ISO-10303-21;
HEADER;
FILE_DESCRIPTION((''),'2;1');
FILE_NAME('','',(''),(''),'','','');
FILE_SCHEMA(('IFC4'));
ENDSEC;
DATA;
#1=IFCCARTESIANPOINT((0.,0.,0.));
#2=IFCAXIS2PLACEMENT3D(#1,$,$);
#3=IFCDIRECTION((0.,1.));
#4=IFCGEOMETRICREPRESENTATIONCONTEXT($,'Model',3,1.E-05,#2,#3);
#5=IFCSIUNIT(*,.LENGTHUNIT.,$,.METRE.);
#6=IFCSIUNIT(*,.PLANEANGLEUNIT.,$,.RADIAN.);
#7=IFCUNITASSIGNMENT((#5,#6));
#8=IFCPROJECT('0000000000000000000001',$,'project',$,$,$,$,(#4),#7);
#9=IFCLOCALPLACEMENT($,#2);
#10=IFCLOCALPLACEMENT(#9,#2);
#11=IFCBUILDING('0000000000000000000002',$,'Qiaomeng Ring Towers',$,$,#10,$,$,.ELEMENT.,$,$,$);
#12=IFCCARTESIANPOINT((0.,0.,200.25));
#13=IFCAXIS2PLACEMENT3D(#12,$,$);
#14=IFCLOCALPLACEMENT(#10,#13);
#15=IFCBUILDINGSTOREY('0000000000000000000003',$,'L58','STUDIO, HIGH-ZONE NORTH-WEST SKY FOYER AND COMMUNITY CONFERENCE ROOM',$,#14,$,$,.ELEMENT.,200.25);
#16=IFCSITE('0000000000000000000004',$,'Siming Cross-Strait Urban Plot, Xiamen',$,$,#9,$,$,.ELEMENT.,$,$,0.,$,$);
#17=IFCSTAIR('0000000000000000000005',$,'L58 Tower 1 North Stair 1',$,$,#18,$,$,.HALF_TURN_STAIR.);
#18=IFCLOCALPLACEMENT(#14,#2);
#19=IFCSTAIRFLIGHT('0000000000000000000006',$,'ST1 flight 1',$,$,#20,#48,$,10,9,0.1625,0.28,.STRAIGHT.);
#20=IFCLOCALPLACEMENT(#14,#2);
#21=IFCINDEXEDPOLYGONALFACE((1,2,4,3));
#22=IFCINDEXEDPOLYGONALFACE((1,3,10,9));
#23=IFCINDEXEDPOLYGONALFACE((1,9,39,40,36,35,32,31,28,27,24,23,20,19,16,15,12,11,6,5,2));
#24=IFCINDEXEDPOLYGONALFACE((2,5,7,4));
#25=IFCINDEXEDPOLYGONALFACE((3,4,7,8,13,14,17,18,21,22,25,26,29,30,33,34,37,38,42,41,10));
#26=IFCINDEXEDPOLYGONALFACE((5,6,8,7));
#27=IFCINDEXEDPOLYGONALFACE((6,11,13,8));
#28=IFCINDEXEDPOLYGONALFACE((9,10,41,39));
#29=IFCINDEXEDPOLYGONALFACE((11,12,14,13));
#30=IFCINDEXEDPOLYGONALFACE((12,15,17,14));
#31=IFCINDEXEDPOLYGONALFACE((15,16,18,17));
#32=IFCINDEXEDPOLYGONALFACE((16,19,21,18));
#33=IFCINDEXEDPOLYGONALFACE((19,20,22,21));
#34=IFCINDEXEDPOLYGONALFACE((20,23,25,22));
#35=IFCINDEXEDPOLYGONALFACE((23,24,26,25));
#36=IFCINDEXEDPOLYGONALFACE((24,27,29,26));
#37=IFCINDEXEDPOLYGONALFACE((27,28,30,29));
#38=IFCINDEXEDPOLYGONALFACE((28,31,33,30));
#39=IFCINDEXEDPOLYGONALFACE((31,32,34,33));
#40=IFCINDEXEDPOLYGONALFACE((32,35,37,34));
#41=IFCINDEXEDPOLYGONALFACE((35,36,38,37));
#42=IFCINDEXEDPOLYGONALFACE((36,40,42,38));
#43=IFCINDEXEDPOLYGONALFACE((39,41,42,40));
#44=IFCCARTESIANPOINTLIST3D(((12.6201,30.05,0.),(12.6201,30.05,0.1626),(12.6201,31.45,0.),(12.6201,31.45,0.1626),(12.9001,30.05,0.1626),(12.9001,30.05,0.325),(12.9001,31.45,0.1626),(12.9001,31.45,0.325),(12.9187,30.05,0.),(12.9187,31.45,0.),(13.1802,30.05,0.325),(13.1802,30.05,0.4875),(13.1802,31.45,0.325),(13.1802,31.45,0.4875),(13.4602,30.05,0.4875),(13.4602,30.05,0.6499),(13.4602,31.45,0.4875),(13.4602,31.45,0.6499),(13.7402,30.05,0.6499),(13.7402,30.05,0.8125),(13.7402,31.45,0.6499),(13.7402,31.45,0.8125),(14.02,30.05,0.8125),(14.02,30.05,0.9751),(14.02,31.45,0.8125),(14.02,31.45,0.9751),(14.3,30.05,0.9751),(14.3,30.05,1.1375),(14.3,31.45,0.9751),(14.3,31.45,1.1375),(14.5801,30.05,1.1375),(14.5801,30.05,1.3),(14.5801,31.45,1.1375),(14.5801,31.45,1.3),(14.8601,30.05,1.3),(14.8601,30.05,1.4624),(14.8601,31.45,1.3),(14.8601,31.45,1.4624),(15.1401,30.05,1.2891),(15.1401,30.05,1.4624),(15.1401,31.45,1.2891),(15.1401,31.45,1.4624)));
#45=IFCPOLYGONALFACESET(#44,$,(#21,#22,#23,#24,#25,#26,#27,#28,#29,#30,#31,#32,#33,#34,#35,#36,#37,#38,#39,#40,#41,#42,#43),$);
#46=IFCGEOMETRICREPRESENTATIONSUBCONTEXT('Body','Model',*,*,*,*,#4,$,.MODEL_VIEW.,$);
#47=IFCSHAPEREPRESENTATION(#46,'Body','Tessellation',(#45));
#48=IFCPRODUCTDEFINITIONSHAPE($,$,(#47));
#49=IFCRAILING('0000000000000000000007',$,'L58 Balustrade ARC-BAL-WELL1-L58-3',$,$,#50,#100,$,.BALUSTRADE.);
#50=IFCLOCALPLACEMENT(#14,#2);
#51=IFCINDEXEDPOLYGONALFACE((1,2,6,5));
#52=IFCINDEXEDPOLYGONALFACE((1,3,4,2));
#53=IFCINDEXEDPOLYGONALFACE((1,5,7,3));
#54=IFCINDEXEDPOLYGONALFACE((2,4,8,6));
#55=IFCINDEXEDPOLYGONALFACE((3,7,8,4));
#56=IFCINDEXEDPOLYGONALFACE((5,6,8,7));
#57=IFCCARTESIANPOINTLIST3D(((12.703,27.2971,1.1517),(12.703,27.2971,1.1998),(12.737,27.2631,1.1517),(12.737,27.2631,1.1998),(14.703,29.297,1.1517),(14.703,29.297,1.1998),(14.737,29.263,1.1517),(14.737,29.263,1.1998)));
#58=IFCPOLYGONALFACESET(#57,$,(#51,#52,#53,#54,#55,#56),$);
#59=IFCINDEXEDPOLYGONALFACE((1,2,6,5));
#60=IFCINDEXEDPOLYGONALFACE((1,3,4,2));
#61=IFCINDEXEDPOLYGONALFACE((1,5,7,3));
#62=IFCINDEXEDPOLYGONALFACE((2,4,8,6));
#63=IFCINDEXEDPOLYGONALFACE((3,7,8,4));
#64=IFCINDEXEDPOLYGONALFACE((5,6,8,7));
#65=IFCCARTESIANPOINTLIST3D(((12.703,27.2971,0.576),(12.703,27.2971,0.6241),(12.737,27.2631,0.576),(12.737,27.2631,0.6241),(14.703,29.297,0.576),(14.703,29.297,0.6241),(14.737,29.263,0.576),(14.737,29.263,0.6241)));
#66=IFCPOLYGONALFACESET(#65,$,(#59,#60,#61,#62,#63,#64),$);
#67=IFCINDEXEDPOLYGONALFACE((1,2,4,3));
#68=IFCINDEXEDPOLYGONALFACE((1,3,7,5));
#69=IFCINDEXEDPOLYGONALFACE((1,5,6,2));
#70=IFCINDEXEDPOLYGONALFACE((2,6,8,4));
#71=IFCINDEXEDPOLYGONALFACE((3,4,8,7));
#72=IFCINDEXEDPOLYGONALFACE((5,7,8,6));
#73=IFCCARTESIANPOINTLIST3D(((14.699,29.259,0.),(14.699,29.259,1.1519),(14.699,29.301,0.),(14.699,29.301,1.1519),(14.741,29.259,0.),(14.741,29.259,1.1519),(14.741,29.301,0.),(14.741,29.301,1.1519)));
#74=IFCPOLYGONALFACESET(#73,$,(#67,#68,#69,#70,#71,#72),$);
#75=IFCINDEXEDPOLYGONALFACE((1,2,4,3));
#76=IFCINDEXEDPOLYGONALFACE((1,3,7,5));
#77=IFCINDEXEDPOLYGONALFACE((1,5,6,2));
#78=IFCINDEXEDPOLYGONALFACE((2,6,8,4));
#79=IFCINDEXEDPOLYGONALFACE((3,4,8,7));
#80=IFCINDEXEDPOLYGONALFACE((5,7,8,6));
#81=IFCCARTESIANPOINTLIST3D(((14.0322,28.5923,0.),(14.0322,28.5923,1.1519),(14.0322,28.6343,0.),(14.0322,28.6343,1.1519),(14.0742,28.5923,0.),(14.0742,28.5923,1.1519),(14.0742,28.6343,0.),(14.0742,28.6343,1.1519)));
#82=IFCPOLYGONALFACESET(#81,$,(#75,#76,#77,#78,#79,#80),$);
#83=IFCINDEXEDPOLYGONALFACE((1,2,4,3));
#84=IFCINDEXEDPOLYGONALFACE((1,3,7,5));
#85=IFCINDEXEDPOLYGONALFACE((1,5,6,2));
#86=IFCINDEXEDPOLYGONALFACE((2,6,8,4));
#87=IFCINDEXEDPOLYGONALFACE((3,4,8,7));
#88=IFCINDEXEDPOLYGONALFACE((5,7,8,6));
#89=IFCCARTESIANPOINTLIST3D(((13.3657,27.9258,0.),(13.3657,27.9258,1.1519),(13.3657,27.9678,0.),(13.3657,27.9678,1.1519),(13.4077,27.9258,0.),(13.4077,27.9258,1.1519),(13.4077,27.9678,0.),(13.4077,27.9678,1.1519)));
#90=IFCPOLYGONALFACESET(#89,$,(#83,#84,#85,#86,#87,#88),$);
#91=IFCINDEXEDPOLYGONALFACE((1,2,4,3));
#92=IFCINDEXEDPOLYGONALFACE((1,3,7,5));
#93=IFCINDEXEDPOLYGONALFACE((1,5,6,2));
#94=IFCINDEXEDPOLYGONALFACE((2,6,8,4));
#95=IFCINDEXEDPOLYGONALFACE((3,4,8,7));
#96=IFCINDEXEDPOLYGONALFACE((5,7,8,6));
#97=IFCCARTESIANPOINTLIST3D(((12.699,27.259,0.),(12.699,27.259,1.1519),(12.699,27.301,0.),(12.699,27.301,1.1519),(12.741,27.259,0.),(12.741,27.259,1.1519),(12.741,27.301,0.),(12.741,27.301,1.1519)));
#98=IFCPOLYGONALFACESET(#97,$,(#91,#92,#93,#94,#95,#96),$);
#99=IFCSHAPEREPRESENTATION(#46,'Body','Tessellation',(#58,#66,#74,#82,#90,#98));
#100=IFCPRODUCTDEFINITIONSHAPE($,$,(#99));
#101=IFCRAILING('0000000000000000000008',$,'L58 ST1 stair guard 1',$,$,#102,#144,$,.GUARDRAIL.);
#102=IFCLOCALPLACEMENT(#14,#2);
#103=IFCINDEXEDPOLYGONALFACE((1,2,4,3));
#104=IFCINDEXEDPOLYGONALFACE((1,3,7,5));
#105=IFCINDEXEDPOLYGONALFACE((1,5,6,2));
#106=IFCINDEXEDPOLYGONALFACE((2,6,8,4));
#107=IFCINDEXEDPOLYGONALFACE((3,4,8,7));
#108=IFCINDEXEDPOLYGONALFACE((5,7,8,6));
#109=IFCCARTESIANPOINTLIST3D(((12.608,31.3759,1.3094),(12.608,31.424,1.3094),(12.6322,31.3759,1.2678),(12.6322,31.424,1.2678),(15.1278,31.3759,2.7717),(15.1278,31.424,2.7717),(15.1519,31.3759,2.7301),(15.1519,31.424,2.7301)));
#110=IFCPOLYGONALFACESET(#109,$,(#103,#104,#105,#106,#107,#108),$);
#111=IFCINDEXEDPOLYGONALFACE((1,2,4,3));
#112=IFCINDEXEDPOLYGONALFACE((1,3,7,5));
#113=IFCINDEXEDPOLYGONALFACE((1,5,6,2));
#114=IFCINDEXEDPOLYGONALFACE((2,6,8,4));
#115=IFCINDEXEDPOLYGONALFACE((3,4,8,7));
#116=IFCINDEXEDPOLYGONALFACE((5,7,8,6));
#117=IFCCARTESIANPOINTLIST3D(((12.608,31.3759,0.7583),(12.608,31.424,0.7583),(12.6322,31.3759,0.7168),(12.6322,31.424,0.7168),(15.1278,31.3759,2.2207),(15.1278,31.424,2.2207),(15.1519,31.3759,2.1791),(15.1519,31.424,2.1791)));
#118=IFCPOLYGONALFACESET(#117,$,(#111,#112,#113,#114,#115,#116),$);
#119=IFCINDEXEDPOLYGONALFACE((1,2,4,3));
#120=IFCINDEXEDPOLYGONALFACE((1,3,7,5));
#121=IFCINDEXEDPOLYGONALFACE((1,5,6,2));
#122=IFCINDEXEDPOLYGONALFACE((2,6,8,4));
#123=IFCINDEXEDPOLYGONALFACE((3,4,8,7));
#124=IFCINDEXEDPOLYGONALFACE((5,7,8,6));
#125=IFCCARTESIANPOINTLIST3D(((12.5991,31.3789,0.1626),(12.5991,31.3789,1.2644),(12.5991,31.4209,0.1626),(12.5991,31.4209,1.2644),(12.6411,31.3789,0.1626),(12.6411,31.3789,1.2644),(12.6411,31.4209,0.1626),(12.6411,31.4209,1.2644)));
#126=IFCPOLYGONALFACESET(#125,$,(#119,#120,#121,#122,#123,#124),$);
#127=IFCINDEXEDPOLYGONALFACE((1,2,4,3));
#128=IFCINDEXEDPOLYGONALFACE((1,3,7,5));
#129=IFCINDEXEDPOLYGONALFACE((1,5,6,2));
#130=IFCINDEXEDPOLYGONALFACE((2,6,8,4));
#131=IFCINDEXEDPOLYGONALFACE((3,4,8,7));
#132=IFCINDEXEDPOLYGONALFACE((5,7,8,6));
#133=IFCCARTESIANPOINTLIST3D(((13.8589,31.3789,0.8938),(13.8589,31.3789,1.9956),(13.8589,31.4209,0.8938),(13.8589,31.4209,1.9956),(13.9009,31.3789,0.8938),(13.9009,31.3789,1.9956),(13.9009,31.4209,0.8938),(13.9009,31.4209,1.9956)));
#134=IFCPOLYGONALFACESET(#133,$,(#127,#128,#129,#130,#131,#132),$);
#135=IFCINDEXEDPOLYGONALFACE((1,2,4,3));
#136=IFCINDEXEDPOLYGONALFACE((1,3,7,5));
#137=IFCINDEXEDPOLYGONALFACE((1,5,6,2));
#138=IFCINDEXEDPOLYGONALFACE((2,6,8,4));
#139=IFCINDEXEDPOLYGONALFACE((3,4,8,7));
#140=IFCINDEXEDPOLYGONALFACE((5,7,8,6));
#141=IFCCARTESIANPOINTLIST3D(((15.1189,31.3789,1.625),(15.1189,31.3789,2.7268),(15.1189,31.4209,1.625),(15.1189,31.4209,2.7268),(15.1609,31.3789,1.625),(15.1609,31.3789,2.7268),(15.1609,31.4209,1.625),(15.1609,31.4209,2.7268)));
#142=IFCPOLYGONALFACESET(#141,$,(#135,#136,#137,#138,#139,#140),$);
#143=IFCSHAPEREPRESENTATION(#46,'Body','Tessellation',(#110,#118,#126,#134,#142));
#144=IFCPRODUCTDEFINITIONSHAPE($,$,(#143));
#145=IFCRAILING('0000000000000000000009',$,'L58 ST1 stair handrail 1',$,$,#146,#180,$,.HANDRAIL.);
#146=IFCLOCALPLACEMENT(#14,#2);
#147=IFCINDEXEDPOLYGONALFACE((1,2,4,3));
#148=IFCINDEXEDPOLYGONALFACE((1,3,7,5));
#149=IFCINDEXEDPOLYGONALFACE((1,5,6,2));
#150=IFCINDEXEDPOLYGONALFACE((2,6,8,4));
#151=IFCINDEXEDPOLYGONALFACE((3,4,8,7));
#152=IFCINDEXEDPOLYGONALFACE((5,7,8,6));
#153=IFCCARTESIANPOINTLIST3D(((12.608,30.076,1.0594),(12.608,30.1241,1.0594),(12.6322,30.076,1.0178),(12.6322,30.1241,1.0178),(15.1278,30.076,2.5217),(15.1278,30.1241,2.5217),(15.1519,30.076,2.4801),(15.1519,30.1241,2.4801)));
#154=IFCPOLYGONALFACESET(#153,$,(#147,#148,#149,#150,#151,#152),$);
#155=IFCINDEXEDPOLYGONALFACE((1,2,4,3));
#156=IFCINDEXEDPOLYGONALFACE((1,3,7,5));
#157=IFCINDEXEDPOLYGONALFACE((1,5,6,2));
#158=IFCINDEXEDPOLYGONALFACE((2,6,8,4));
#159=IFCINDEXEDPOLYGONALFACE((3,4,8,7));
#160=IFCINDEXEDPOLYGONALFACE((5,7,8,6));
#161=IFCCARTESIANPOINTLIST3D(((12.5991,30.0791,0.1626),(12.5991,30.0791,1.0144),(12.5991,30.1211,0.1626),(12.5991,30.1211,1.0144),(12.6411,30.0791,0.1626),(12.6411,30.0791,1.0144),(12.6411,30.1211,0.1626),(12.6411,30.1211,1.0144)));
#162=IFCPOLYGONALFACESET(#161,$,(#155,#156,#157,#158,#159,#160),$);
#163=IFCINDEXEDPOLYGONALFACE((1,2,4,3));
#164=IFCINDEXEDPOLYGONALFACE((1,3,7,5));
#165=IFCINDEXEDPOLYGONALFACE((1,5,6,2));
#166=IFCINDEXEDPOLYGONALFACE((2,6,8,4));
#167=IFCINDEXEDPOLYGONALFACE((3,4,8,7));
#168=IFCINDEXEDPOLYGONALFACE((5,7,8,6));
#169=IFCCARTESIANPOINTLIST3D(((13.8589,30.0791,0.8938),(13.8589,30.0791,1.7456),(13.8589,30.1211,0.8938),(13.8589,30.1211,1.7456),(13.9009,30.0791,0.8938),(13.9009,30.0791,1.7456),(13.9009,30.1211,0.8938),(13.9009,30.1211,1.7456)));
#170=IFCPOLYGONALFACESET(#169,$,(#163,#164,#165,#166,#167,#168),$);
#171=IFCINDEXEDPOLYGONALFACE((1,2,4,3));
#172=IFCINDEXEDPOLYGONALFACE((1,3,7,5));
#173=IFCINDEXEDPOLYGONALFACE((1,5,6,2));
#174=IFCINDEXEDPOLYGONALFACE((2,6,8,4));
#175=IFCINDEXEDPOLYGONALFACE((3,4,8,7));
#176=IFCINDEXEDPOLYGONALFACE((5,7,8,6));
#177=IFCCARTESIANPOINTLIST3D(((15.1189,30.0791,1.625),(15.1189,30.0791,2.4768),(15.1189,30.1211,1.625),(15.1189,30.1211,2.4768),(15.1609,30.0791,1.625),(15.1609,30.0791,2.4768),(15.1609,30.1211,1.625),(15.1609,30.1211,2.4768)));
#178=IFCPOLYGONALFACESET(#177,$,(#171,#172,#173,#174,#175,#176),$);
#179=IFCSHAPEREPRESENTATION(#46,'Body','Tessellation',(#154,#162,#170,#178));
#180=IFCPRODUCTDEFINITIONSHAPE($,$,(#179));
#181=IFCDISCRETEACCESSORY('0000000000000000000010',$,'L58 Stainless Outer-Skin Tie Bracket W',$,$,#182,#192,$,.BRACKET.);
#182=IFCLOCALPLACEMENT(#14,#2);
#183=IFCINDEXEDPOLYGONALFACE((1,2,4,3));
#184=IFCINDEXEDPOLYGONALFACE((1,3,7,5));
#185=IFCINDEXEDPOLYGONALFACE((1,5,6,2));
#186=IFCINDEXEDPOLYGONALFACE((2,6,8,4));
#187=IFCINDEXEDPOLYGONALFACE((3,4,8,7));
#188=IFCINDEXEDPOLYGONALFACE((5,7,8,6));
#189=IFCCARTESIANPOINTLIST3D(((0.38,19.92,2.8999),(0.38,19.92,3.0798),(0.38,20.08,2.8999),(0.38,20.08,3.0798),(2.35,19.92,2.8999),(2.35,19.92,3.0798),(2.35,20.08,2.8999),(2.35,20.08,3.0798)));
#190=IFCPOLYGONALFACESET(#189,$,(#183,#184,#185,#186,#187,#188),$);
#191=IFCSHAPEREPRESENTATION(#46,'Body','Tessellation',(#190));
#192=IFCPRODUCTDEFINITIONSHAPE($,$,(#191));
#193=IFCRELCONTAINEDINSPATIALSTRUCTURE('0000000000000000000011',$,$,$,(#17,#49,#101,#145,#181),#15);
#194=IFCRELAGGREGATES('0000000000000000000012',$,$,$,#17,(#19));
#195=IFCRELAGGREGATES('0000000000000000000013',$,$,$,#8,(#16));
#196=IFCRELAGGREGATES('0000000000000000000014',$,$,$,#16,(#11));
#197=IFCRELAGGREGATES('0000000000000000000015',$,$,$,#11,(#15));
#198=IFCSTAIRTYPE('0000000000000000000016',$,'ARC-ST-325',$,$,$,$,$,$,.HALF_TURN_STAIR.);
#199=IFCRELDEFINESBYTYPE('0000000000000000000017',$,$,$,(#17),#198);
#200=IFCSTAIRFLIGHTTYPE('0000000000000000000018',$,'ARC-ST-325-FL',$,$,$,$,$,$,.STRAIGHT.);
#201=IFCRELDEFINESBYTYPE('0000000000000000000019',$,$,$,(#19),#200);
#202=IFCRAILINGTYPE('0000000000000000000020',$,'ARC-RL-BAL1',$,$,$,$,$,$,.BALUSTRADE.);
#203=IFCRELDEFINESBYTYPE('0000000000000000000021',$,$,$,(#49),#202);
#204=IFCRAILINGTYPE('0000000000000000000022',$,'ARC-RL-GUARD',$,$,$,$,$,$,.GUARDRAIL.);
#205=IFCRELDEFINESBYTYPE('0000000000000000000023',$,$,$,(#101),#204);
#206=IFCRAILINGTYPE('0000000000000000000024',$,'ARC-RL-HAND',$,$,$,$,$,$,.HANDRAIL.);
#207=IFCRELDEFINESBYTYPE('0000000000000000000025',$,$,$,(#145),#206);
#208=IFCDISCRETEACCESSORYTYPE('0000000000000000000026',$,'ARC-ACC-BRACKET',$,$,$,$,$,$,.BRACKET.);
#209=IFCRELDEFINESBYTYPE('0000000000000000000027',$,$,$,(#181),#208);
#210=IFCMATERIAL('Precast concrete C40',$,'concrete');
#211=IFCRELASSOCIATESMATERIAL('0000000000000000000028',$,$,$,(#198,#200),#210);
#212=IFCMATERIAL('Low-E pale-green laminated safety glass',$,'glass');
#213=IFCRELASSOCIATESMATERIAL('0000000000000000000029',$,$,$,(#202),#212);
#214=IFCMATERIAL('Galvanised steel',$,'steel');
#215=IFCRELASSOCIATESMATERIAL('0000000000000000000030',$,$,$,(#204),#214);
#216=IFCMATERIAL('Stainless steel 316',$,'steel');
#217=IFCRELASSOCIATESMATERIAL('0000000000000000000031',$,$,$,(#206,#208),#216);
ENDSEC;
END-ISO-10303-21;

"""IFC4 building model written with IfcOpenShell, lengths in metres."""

from ifc_helpers import new_model, si_unit, direction, frame, origin, origin_2d, place, context, subcontext, project, spatial, polyline, rectangle, outline, extrude, source, transform, mapped, material, type_object, element, aggregate, save


model = new_model("IFC4")

# Units and contexts
model_context = context("Model", 3, precision=1e-05, world=origin(), true_north=direction((0.0, 1.0)))
body_context = subcontext(model_context, "Body", "Model", "MODEL_VIEW")
ifc_project = project(units=[si_unit("LENGTHUNIT", "METRE"), si_unit("PLANEANGLEUNIT", "RADIAN")], contexts=[model_context])

# Site, building, storey
site_placement = place(None, origin())
site = spatial("IfcSite", under=ifc_project, at=site_placement, Name="Siming Cross-Strait Urban Plot, Xiamen", CompositionType="ELEMENT", RefElevation=0.0)
building_placement = place(site_placement, origin())
building = spatial("IfcBuilding", under=site, at=building_placement, Name="Qiaomeng Ring Towers", CompositionType="ELEMENT")
storey_placement = place(building_placement, frame((0.0, 0.0, 200.25)))
storey = spatial("IfcBuildingStorey", under=building, at=storey_placement, Name="L58", Description="STUDIO, HIGH-ZONE NORTH-WEST SKY FOYER AND COMMUNITY CONFERENCE ROOM", CompositionType="ELEMENT", Elevation=200.25)

# Shared definitions
ifc_material_1 = material(Name="Stainless steel 316", Category="steel")

# Stair, stair flight
ifc_material_2 = material(Name="Precast concrete C40", Category="concrete")
stair_type = type_object("IfcStairType", Name="ARC-ST-325", PredefinedType="HALF_TURN_STAIR", material=ifc_material_2)
stair_placement = place(storey_placement, origin())
stair = element("IfcStair", 1, at=stair_placement, inside=storey, type_object=stair_type, Name="L58 Tower 1 North Stair 1", PredefinedType="HALF_TURN_STAIR")
stair_flight_type = type_object("IfcStairFlightType", Name="ARC-ST-325-FL", PredefinedType="STRAIGHT", material=ifc_material_2)
shared_shape_1 = source(origin(), body_context, "Body", "SweptSolid", [
    extrude(outline(polyline([(0.0, 0.0), (0.0, 0.1626), (0.28, 0.1626), (0.28, 0.325), (0.5601, 0.325), (0.5601, 0.4875), (0.8401, 0.4875), (0.8401, 0.6499), (1.1201, 0.6499), (1.1201, 0.8125), (1.3999, 0.8125), (1.3999, 0.9751), (1.6799, 0.9751), (1.6799, 1.1375), (1.96, 1.1375), (1.96, 1.3), (2.24, 1.3), (2.24, 1.4624), (2.52, 1.4624), (2.52, 1.625), (2.52, 1.2891), (0.2986, 0.0), (0.0, 0.0)])), frame((0.0, 0.7, 0.0), z_axis=(0.0, -1.0, 0.0), x_axis=(1.0, 0.0, 0.0)), (0.0, 0.0, 1.0), 1.3999),
])
stair_flight_placement = place(storey_placement, frame((12.6201, 30.75, 0.0), z_axis=(0.0, 0.0, 1.0), x_axis=(1.0, 0.0, 0.0)))
stair_flight = element("IfcStairFlight", 2, at=stair_flight_placement, type_object=stair_flight_type, Name="ST1 flight 1", NumberOfRisers=10, NumberOfTreads=9, PredefinedType="STRAIGHT", RiserHeight=0.1625, TreadLength=0.28, context=body_context, shape_type="MappedRepresentation", body=[
    mapped(shared_shape_1, transform((0.0, 0.0, 0.0), x_axis=(1.0, 0.0, 0.0), y_axis=(0.0, 1.0, 0.0), z_axis=(0.0, 0.0, 1.0), scale=1.0)),
])
aggregate(stair, [stair_flight])

# Railings
ifc_material_3 = material(Name="Low-E pale-green laminated safety glass", Category="glass")
railing_type_1 = type_object("IfcRailingType", Name="ARC-RL-BAL1", PredefinedType="BALUSTRADE", material=ifc_material_3)
railing_1_placement = place(storey_placement, frame((14.72, 29.28, 0.0)))
element("IfcRailing", 3, at=railing_1_placement, inside=storey, type_object=railing_type_1, Name="L58 Balustrade ARC-BAL-WELL1-L58-3", PredefinedType="BALUSTRADE", context=body_context, shape_type="SweptSolid", body=[
    extrude(rectangle(XDim=0.0481, YDim=0.0481, at=origin_2d()), frame((0.0, 0.0, 1.1758), z_axis=(-0.707107, -0.707107, 0.0), x_axis=(0.707107, -0.707107, 0.0)), (0.0, 0.0, 1.0), 2.8284),
    extrude(rectangle(XDim=0.0481, YDim=0.0481, at=origin_2d()), frame((0.0, 0.0, 0.6001), z_axis=(-0.707107, -0.707107, 0.0), x_axis=(0.707107, -0.707107, 0.0)), (0.0, 0.0, 1.0), 2.8284),
    extrude(rectangle(XDim=0.042, YDim=0.042, at=origin_2d()), origin(), (0.0, 0.0, 1.0), 1.1519),
    extrude(rectangle(XDim=0.042, YDim=0.042, at=origin_2d()), frame((-0.6667, -0.6667, 0.0)), (0.0, 0.0, 1.0), 1.1519),
    extrude(rectangle(XDim=0.042, YDim=0.042, at=origin_2d()), frame((-1.3333, -1.3333, 0.0)), (0.0, 0.0, 1.0), 1.1519),
    extrude(rectangle(XDim=0.042, YDim=0.042, at=origin_2d()), frame((-2.0, -2.0, 0.0)), (0.0, 0.0, 1.0), 1.1519),
])
ifc_material_4 = material(Name="Galvanised steel", Category="steel")
railing_type_2 = type_object("IfcRailingType", Name="ARC-RL-GUARD", PredefinedType="GUARDRAIL", material=ifc_material_4)
railing_2_placement = place(storey_placement, frame((12.6201, 31.3999, 0.1626)))
element("IfcRailing", 4, at=railing_2_placement, inside=storey, type_object=railing_type_2, Name="L58 ST1 stair guard 1", PredefinedType="GUARDRAIL", context=body_context, shape_type="SweptSolid", body=[
    extrude(rectangle(XDim=0.0481, YDim=0.0481, at=origin_2d()), frame((0.0, 0.0, 1.126), z_axis=(0.864892, 0.0, 0.501958), x_axis=(0.0, 1.0, 0.0)), (0.0, 0.0, 1.0), 2.9133),
    extrude(rectangle(XDim=0.0481, YDim=0.0481, at=origin_2d()), frame((0.0, 0.0, 0.575), z_axis=(0.864892, 0.0, 0.501958), x_axis=(0.0, 1.0, 0.0)), (0.0, 0.0, 1.0), 2.9133),
    extrude(rectangle(XDim=0.042, YDim=0.042, at=origin_2d()), origin(), (0.0, 0.0, 1.0), 1.1018),
    extrude(rectangle(XDim=0.042, YDim=0.042, at=origin_2d()), frame((1.2598, 0.0, 0.7312)), (0.0, 0.0, 1.0), 1.1018),
    extrude(rectangle(XDim=0.042, YDim=0.042, at=origin_2d()), frame((2.5198, 0.0, 1.4624)), (0.0, 0.0, 1.0), 1.1018),
])
railing_type_3 = type_object("IfcRailingType", Name="ARC-RL-HAND", PredefinedType="HANDRAIL", material=ifc_material_1)
railing_3_placement = place(storey_placement, frame((12.6201, 30.1001, 0.1626)))
element("IfcRailing", 5, at=railing_3_placement, inside=storey, type_object=railing_type_3, Name="L58 ST1 stair handrail 1", PredefinedType="HANDRAIL", context=body_context, shape_type="SweptSolid", body=[
    extrude(rectangle(XDim=0.0481, YDim=0.0481, at=origin_2d()), frame((0.0, 0.0, 0.876), z_axis=(0.864892, 0.0, 0.501958), x_axis=(0.0, 1.0, 0.0)), (0.0, 0.0, 1.0), 2.9133),
    extrude(rectangle(XDim=0.042, YDim=0.042, at=origin_2d()), origin(), (0.0, 0.0, 1.0), 0.8518),
    extrude(rectangle(XDim=0.042, YDim=0.042, at=origin_2d()), frame((1.2598, 0.0, 0.7312)), (0.0, 0.0, 1.0), 0.8518),
    extrude(rectangle(XDim=0.042, YDim=0.042, at=origin_2d()), frame((2.5198, 0.0, 1.4624)), (0.0, 0.0, 1.0), 0.8518),
])

# Discrete accessory
discrete_accessory_type = type_object("IfcDiscreteAccessoryType", Name="ARC-ACC-BRACKET", PredefinedType="BRACKET", material=ifc_material_1)
shared_shape_2 = source(origin(), body_context, "Body", "SweptSolid", [
    extrude(rectangle(XDim=1.97, YDim=0.1599, at=origin_2d()), origin(), (0.0, 0.0, 1.0), 0.1799),
])
discrete_accessory_placement = place(storey_placement, frame((1.365, 20.0, 2.8999), z_axis=(0.0, 0.0, 1.0), x_axis=(1.0, 0.0, 0.0)))
element("IfcDiscreteAccessory", 6, at=discrete_accessory_placement, inside=storey, type_object=discrete_accessory_type, Name="L58 Stainless Outer-Skin Tie Bracket W", PredefinedType="BRACKET", context=body_context, shape_type="MappedRepresentation", body=[
    mapped(shared_shape_2, transform((0.0, 0.0, 0.0), x_axis=(1.0, 0.0, 0.0), y_axis=(0.0, 1.0, 0.0), z_axis=(0.0, 0.0, 1.0), scale=1.0)),
])

save(model, "model.ifc")
